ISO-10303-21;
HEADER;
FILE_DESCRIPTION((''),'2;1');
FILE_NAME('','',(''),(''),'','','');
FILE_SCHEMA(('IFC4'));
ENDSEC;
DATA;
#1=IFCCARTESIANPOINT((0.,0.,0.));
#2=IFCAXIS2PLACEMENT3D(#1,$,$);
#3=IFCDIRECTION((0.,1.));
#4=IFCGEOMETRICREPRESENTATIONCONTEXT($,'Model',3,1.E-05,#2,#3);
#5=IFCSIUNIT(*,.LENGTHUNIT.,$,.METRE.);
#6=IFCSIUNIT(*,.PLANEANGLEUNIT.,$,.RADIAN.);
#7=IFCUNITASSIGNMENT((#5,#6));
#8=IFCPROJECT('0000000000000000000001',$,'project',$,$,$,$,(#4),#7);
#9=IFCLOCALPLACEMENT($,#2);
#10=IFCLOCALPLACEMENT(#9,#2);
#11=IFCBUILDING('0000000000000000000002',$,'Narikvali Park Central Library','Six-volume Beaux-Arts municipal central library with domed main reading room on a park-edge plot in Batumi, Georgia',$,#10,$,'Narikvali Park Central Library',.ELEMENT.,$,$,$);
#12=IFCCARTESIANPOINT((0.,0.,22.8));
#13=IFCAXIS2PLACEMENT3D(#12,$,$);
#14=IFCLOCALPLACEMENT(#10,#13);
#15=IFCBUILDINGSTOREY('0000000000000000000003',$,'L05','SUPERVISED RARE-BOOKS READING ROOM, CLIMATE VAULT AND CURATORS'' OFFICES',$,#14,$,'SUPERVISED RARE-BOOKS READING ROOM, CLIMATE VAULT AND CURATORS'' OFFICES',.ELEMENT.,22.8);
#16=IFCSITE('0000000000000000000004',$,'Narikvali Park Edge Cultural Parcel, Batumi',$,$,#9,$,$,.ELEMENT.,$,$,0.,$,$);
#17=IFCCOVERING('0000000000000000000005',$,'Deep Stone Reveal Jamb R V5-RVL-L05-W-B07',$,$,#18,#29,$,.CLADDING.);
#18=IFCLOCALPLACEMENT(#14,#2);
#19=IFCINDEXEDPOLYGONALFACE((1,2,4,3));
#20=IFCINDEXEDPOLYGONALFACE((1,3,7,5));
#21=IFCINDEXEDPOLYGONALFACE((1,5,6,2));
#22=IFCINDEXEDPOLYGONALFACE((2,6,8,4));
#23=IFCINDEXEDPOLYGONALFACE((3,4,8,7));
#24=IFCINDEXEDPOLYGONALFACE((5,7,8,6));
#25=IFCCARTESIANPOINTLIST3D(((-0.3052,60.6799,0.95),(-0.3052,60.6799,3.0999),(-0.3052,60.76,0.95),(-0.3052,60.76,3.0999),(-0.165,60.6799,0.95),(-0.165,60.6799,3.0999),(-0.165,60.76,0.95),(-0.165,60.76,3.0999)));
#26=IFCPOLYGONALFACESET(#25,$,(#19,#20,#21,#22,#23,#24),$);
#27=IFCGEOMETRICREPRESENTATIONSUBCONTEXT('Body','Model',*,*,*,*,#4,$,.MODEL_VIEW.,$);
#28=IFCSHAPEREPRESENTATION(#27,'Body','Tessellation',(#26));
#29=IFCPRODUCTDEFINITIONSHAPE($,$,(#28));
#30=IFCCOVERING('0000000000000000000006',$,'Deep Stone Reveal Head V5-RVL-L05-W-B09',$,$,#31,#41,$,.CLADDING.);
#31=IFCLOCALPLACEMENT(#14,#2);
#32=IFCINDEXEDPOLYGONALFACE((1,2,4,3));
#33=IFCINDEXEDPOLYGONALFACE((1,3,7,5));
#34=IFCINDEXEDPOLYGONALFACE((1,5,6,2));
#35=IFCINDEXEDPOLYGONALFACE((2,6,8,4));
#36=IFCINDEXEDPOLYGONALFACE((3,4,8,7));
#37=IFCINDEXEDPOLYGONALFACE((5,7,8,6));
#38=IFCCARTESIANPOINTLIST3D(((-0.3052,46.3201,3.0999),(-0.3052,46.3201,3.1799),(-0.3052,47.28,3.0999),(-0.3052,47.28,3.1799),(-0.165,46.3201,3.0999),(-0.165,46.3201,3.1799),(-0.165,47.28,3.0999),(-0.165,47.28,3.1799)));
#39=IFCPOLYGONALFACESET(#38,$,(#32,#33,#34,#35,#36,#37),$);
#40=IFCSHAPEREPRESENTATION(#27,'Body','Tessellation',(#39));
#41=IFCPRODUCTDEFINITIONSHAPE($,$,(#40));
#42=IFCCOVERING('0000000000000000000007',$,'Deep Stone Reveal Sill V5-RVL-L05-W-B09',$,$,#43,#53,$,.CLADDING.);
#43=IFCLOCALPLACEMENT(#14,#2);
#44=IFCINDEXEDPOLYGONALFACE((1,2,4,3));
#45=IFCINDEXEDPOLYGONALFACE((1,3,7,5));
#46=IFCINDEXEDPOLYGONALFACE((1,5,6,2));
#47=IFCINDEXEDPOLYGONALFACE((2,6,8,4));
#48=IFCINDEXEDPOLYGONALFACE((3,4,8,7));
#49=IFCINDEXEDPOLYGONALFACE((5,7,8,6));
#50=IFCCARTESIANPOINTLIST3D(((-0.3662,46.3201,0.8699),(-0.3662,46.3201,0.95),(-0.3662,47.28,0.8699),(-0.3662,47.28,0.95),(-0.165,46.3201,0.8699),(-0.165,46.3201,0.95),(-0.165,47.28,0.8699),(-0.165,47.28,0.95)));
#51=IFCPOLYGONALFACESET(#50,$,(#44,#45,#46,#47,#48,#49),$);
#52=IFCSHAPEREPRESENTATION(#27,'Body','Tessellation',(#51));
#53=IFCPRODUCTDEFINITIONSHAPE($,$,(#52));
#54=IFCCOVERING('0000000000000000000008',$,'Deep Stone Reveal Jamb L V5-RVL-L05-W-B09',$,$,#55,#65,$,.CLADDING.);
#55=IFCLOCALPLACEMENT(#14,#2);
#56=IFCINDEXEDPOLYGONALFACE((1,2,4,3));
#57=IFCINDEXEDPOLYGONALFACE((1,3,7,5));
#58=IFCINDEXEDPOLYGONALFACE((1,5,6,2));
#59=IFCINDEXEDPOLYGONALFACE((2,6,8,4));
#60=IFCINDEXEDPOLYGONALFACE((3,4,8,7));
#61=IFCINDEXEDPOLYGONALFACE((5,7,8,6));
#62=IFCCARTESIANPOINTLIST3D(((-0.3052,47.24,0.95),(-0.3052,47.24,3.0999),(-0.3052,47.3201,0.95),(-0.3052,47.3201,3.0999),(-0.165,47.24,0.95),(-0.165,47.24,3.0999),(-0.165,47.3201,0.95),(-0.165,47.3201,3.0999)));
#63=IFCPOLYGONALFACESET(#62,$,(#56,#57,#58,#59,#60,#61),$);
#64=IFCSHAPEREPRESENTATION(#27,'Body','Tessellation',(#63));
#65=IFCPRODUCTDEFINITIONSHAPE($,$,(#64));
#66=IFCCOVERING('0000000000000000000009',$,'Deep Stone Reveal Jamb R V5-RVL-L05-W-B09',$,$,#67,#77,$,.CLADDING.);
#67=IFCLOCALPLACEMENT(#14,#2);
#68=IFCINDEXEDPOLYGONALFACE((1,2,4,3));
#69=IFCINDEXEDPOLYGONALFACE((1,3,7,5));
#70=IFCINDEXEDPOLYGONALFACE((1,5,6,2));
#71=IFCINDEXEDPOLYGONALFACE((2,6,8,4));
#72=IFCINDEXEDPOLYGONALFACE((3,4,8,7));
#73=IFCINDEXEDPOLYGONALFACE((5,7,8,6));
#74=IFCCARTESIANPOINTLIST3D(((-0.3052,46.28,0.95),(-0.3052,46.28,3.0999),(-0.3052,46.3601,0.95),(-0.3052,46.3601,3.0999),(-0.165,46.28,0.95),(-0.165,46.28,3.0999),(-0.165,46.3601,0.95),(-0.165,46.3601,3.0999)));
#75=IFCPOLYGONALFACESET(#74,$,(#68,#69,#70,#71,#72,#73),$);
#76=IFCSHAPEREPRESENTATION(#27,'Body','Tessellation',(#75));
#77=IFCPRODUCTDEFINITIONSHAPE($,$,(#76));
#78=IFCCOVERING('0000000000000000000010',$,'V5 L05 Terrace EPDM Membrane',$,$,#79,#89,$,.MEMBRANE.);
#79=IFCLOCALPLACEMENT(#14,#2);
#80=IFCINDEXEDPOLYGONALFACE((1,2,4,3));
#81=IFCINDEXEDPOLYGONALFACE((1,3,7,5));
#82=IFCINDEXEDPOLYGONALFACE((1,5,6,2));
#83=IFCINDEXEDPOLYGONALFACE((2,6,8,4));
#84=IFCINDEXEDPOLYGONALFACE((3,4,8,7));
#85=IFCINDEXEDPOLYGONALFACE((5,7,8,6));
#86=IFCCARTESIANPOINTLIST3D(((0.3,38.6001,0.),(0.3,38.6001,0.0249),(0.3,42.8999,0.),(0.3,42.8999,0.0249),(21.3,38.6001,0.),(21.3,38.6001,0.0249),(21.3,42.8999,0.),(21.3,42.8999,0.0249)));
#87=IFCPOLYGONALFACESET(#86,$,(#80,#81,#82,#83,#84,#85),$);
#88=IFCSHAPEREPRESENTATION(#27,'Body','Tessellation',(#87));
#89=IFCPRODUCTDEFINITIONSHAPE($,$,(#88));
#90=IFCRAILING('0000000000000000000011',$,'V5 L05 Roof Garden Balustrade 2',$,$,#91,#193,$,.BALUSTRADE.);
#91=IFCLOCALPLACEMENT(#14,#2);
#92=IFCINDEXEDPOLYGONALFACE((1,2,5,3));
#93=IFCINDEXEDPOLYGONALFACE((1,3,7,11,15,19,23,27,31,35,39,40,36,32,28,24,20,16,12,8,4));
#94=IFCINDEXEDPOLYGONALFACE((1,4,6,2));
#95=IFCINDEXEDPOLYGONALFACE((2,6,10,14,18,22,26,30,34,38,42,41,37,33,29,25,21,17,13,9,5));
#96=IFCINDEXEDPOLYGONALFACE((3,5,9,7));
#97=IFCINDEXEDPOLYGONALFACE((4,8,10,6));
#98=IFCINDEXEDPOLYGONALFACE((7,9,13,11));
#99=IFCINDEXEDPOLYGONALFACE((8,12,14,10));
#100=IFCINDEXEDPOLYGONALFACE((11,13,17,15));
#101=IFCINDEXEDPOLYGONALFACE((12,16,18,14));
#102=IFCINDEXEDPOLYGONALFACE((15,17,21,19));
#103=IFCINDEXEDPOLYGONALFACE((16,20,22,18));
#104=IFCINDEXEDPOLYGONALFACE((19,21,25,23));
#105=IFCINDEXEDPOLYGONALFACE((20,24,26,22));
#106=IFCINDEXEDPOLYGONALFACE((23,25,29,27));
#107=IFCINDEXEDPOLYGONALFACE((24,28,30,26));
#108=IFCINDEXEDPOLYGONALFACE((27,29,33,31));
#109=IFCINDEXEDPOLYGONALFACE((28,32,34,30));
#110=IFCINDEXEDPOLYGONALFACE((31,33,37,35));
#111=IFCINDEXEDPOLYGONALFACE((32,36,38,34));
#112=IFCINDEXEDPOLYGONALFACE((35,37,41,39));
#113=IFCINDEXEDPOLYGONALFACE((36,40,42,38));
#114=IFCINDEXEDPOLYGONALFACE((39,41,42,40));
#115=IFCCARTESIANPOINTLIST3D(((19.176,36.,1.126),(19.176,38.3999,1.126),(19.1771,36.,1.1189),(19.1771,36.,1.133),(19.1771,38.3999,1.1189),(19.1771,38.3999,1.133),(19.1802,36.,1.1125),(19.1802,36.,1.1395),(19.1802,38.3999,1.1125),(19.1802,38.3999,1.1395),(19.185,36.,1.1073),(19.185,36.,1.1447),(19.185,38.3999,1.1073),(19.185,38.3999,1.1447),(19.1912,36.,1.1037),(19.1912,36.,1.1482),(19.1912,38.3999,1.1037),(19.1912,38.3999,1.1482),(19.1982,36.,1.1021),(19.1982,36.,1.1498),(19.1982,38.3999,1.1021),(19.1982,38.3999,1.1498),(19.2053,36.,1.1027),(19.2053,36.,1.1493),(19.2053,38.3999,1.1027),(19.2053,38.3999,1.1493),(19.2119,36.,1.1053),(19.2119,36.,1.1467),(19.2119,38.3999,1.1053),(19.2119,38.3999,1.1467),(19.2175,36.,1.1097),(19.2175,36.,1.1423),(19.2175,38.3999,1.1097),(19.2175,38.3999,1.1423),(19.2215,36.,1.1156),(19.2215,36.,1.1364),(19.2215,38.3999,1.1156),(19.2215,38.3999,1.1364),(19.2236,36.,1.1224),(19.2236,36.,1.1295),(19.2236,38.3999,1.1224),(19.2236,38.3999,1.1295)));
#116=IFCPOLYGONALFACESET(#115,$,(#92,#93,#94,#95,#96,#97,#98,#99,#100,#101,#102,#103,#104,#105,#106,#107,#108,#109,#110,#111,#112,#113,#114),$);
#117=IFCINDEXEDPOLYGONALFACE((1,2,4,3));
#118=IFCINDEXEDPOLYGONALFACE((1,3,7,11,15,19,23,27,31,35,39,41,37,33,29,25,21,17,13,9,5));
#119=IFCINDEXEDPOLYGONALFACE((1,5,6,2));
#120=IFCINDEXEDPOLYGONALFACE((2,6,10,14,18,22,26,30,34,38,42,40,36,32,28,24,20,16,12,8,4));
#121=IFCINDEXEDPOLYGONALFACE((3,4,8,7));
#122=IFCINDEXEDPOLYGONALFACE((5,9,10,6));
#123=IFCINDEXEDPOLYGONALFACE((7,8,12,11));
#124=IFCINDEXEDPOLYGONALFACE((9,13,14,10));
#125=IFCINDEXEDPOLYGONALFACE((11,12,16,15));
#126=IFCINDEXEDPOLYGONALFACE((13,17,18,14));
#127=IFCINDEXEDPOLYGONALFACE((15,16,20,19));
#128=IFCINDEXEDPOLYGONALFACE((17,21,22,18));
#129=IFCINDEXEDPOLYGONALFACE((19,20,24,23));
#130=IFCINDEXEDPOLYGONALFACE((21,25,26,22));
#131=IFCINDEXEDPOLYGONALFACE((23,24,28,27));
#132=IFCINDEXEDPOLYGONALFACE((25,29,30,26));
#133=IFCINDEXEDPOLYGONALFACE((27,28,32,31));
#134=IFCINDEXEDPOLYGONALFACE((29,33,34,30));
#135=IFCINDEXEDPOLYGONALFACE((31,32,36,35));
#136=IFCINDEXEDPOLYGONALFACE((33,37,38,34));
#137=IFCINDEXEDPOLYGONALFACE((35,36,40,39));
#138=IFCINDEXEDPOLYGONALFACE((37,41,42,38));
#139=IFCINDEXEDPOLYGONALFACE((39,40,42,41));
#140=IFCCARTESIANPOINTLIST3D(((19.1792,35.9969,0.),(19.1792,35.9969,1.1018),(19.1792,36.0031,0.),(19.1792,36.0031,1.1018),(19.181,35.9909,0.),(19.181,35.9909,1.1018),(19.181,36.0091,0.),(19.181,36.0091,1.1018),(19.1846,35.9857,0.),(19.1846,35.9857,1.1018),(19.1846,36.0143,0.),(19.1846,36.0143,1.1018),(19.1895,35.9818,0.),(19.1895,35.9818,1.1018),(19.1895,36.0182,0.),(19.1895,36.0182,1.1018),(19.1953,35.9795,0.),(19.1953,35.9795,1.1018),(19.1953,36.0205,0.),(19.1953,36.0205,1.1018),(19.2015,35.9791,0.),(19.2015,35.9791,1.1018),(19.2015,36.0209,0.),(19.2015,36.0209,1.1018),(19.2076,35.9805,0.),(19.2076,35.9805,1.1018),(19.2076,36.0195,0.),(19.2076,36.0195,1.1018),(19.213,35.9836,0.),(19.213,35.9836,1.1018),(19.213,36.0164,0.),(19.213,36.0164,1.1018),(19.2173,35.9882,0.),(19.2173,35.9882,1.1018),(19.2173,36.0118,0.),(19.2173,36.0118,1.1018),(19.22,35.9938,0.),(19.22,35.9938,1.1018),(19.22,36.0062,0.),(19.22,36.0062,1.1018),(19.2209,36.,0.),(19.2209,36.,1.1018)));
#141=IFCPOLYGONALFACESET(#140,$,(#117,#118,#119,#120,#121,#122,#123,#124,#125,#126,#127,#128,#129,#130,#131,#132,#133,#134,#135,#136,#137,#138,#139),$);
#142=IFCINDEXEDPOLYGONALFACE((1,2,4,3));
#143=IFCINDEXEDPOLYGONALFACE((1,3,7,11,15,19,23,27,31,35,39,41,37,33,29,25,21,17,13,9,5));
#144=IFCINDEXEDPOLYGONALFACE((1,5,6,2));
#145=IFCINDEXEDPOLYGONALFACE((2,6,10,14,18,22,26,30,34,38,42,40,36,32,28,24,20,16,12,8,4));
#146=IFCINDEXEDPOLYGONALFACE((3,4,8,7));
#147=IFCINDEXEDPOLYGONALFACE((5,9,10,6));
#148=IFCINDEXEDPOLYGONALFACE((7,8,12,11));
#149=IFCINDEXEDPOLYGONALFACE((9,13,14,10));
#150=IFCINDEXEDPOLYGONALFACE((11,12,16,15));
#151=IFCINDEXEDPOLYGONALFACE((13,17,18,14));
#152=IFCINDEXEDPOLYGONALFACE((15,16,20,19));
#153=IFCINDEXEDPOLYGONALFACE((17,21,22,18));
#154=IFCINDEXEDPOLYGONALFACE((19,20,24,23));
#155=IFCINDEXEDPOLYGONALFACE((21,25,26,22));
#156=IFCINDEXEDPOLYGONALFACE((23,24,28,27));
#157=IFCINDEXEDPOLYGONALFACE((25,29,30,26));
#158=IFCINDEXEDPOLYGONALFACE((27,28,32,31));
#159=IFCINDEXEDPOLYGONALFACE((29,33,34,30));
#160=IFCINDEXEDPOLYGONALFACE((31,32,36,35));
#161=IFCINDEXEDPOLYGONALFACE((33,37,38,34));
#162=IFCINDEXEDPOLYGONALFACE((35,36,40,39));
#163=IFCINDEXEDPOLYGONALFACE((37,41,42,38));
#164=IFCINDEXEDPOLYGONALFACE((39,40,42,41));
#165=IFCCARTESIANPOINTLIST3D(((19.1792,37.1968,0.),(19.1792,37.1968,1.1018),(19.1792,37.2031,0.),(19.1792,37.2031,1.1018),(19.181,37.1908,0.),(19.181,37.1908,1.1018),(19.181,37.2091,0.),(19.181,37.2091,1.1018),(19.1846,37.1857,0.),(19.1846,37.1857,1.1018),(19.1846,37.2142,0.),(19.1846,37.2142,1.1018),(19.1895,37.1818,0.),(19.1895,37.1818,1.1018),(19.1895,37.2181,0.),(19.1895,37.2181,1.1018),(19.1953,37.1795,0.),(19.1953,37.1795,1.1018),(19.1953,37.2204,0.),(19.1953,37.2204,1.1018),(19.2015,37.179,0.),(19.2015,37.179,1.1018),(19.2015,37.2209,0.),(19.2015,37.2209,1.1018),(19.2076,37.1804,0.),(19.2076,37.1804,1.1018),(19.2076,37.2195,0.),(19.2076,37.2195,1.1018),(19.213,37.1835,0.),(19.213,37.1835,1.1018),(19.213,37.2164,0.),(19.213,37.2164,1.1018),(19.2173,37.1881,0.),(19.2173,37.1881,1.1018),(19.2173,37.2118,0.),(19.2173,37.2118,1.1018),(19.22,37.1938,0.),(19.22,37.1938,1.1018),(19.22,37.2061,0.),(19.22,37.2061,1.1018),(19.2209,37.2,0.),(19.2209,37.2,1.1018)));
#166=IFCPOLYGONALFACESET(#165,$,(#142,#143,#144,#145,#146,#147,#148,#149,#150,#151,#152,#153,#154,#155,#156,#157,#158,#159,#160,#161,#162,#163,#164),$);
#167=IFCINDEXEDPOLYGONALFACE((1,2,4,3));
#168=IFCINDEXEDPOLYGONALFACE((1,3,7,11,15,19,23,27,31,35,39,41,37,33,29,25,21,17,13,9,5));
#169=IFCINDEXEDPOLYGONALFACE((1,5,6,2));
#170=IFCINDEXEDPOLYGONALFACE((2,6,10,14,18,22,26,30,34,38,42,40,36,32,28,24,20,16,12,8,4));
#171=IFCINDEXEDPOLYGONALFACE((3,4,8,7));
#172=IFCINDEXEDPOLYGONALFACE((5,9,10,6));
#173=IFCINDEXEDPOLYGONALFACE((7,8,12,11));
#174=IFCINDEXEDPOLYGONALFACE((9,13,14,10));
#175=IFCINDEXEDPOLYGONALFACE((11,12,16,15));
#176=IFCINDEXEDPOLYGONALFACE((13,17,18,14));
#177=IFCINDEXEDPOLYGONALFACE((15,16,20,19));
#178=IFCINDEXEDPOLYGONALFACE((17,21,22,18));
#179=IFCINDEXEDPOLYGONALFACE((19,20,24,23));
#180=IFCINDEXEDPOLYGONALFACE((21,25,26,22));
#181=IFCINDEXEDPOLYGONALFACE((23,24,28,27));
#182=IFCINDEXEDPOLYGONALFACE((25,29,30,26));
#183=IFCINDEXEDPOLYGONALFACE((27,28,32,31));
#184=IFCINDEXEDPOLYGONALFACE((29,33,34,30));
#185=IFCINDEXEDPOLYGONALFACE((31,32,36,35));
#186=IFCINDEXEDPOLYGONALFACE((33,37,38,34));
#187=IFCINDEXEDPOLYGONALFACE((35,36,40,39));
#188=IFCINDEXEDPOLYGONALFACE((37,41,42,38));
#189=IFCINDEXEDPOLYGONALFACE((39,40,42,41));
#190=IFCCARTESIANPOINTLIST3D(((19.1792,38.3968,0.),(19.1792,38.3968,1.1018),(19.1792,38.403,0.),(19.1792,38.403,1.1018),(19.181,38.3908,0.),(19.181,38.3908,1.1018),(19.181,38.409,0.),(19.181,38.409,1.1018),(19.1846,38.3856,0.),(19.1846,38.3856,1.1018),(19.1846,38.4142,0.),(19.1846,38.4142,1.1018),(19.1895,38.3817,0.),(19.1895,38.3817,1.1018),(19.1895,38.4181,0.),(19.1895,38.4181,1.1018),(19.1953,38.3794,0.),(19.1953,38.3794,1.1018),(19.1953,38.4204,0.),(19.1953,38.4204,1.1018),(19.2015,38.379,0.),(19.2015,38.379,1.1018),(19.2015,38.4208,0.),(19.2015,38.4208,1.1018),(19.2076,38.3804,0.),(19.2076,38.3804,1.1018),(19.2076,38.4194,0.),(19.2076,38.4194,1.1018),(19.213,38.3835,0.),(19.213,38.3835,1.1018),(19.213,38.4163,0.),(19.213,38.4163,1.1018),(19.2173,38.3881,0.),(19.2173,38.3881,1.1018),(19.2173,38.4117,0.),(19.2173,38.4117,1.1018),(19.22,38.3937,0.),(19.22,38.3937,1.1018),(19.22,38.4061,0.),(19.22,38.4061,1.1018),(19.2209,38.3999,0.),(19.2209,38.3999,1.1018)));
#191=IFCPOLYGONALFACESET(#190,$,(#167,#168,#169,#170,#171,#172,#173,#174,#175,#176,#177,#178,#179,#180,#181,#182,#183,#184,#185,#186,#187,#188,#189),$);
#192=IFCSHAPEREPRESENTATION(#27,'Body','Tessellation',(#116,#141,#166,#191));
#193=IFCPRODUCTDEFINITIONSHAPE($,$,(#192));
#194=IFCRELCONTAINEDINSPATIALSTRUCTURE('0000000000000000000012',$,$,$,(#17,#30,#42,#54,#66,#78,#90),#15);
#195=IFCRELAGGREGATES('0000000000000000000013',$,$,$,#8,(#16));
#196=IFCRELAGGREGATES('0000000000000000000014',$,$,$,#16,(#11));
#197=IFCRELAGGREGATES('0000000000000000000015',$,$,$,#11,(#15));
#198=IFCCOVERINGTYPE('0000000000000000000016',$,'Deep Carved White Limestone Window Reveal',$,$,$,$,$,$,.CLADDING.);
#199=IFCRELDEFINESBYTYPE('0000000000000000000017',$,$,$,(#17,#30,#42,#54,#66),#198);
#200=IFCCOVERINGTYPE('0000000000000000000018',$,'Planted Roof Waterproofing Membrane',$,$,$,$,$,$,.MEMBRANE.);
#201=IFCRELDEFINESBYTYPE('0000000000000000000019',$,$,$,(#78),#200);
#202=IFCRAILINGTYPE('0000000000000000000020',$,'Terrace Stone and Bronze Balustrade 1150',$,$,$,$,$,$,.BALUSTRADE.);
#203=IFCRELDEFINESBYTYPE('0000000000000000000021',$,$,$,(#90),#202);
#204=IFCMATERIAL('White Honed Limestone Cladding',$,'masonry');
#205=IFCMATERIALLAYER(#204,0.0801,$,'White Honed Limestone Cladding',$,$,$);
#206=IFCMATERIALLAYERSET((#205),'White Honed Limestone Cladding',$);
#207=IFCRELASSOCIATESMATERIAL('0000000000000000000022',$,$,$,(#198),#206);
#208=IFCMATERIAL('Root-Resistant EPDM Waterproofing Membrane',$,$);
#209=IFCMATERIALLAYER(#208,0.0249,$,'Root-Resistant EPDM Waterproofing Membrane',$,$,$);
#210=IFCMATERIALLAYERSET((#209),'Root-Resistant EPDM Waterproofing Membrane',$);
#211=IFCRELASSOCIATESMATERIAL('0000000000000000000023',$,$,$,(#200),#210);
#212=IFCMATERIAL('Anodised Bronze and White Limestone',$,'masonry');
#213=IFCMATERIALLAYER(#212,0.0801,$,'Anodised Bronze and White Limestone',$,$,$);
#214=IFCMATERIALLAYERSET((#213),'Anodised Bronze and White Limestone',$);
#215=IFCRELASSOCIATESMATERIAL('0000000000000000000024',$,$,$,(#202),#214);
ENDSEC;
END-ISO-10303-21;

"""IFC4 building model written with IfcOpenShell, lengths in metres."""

from ifc_helpers import new_model, si_unit, direction, frame, origin, origin_2d, place, context, subcontext, project, spatial, polyline, circle, outline, extrude, material, layer, layer_set, type_object, element, save


model = new_model("IFC4")

# Units and contexts
model_context = context("Model", 3, precision=1e-05, world=origin(), true_north=direction((0.0, 1.0)))
body_context = subcontext(model_context, "Body", "Model", "MODEL_VIEW")
ifc_project = project(units=[si_unit("LENGTHUNIT", "METRE"), si_unit("PLANEANGLEUNIT", "RADIAN")], contexts=[model_context])

# Site, building, storey
site_placement = place(None, origin())
site = spatial("IfcSite", under=ifc_project, at=site_placement, Name="Narikvali Park Edge Cultural Parcel, Batumi", CompositionType="ELEMENT", RefElevation=0.0)
building_placement = place(site_placement, origin())
building = spatial("IfcBuilding", under=site, at=building_placement, Name="Narikvali Park Central Library", Description="Six-volume Beaux-Arts municipal central library with domed main reading room on a park-edge plot in Batumi, Georgia", LongName="Narikvali Park Central Library", CompositionType="ELEMENT")
storey_placement = place(building_placement, frame((0.0, 0.0, 22.8)))
storey = spatial("IfcBuildingStorey", under=building, at=storey_placement, Name="L05", Description="SUPERVISED RARE-BOOKS READING ROOM, CLIMATE VAULT AND CURATORS' OFFICES", LongName="SUPERVISED RARE-BOOKS READING ROOM, CLIMATE VAULT AND CURATORS' OFFICES", CompositionType="ELEMENT", Elevation=22.8)

# Coverings
ifc_material_1 = material(Name="White Honed Limestone Cladding", Category="masonry")
ifc_layer_1 = layer(ifc_material_1, 0.0801, Name="White Honed Limestone Cladding")
ifc_layer_set_1 = layer_set([ifc_layer_1], Name="White Honed Limestone Cladding")
covering_type_1 = type_object("IfcCoveringType", Name="Deep Carved White Limestone Window Reveal", PredefinedType="CLADDING", material=ifc_layer_set_1)
covering_1_placement = place(storey_placement, frame((0.0, 0.0, 0.95)))
element("IfcCovering", 1, at=covering_1_placement, inside=storey, type_object=covering_type_1, Name="Deep Stone Reveal Jamb R V5-RVL-L05-W-B07", PredefinedType="CLADDING", context=body_context, shape_type="SweptSolid", body=[
    extrude(outline(polyline([(-0.165, 60.76), (-0.165, 60.6799), (-0.3052, 60.6799), (-0.3052, 60.76), (-0.165, 60.76)])), origin(), (0.0, 0.0, 1.0), 2.1499),
])
covering_2_placement = place(storey_placement, frame((0.0, 0.0, 3.0999)))
element("IfcCovering", 2, at=covering_2_placement, inside=storey, type_object=covering_type_1, Name="Deep Stone Reveal Head V5-RVL-L05-W-B09", PredefinedType="CLADDING", context=body_context, shape_type="SweptSolid", body=[
    extrude(outline(polyline([(-0.165, 47.28), (-0.165, 46.3201), (-0.3052, 46.3201), (-0.3052, 47.28), (-0.165, 47.28)])), origin(), (0.0, 0.0, 1.0), 0.0801),
])
covering_3_placement = place(storey_placement, frame((0.0, 0.0, 0.8699)))
element("IfcCovering", 3, at=covering_3_placement, inside=storey, type_object=covering_type_1, Name="Deep Stone Reveal Sill V5-RVL-L05-W-B09", PredefinedType="CLADDING", context=body_context, shape_type="SweptSolid", body=[
    extrude(outline(polyline([(-0.165, 47.28), (-0.165, 46.3201), (-0.3662, 46.3201), (-0.3662, 47.28), (-0.165, 47.28)])), origin(), (0.0, 0.0, 1.0), 0.0801),
])
covering_4_placement = place(storey_placement, frame((0.0, 0.0, 0.95)))
element("IfcCovering", 4, at=covering_4_placement, inside=storey, type_object=covering_type_1, Name="Deep Stone Reveal Jamb L V5-RVL-L05-W-B09", PredefinedType="CLADDING", context=body_context, shape_type="SweptSolid", body=[
    extrude(outline(polyline([(-0.165, 47.3201), (-0.165, 47.24), (-0.3052, 47.24), (-0.3052, 47.3201), (-0.165, 47.3201)])), origin(), (0.0, 0.0, 1.0), 2.1499),
])
covering_5_placement = place(storey_placement, frame((0.0, 0.0, 0.95)))
element("IfcCovering", 5, at=covering_5_placement, inside=storey, type_object=covering_type_1, Name="Deep Stone Reveal Jamb R V5-RVL-L05-W-B09", PredefinedType="CLADDING", context=body_context, shape_type="SweptSolid", body=[
    extrude(outline(polyline([(-0.165, 46.3601), (-0.165, 46.28), (-0.3052, 46.28), (-0.3052, 46.3601), (-0.165, 46.3601)])), origin(), (0.0, 0.0, 1.0), 2.1499),
])
ifc_material_2 = material(Name="Root-Resistant EPDM Waterproofing Membrane")
ifc_layer_2 = layer(ifc_material_2, 0.0249, Name="Root-Resistant EPDM Waterproofing Membrane")
ifc_layer_set_2 = layer_set([ifc_layer_2], Name="Root-Resistant EPDM Waterproofing Membrane")
covering_type_2 = type_object("IfcCoveringType", Name="Planted Roof Waterproofing Membrane", PredefinedType="MEMBRANE", material=ifc_layer_set_2)
covering_6_placement = place(storey_placement, origin())
element("IfcCovering", 6, at=covering_6_placement, inside=storey, type_object=covering_type_2, Name="V5 L05 Terrace EPDM Membrane", PredefinedType="MEMBRANE", context=body_context, shape_type="SweptSolid", body=[
    extrude(outline(polyline([(0.3, 38.6001), (21.3, 38.6001), (21.3, 42.8999), (0.3, 42.8999), (0.3, 38.6001)])), origin(), (0.0, 0.0, 1.0), 0.0249),
])

# Railing
ifc_material_3 = material(Name="Anodised Bronze and White Limestone", Category="masonry")
ifc_layer_3 = layer(ifc_material_3, 0.0801, Name="Anodised Bronze and White Limestone")
ifc_layer_set_3 = layer_set([ifc_layer_3], Name="Anodised Bronze and White Limestone")
railing_type = type_object("IfcRailingType", Name="Terrace Stone and Bronze Balustrade 1150", PredefinedType="BALUSTRADE", material=ifc_layer_set_3)
railing_1_placement = place(storey_placement, frame((19.2, 36.0, 0.0)))
element("IfcRailing", 7, at=railing_1_placement, inside=storey, type_object=railing_type, Name="V5 L05 Roof Garden Balustrade 2", PredefinedType="BALUSTRADE", context=body_context, shape_type="SweptSolid", body=[
    extrude(circle(Radius=0.0239, at=origin_2d()), frame((0.0, 0.0, 1.126), z_axis=(0.0, 1.0, 0.0), x_axis=(-1.0, 0.0, 0.0)), (0.0, 0.0, 1.0), 2.3999),
    extrude(circle(Radius=0.021, at=origin_2d()), origin(), (0.0, 0.0, 1.0), 1.1018),
    extrude(circle(Radius=0.021, at=origin_2d()), frame((0.0, 1.2, 0.0)), (0.0, 0.0, 1.0), 1.1018),
    extrude(circle(Radius=0.021, at=origin_2d()), frame((0.0, 2.3999, 0.0)), (0.0, 0.0, 1.0), 1.1018),
])

save(model, "model.ifc")
